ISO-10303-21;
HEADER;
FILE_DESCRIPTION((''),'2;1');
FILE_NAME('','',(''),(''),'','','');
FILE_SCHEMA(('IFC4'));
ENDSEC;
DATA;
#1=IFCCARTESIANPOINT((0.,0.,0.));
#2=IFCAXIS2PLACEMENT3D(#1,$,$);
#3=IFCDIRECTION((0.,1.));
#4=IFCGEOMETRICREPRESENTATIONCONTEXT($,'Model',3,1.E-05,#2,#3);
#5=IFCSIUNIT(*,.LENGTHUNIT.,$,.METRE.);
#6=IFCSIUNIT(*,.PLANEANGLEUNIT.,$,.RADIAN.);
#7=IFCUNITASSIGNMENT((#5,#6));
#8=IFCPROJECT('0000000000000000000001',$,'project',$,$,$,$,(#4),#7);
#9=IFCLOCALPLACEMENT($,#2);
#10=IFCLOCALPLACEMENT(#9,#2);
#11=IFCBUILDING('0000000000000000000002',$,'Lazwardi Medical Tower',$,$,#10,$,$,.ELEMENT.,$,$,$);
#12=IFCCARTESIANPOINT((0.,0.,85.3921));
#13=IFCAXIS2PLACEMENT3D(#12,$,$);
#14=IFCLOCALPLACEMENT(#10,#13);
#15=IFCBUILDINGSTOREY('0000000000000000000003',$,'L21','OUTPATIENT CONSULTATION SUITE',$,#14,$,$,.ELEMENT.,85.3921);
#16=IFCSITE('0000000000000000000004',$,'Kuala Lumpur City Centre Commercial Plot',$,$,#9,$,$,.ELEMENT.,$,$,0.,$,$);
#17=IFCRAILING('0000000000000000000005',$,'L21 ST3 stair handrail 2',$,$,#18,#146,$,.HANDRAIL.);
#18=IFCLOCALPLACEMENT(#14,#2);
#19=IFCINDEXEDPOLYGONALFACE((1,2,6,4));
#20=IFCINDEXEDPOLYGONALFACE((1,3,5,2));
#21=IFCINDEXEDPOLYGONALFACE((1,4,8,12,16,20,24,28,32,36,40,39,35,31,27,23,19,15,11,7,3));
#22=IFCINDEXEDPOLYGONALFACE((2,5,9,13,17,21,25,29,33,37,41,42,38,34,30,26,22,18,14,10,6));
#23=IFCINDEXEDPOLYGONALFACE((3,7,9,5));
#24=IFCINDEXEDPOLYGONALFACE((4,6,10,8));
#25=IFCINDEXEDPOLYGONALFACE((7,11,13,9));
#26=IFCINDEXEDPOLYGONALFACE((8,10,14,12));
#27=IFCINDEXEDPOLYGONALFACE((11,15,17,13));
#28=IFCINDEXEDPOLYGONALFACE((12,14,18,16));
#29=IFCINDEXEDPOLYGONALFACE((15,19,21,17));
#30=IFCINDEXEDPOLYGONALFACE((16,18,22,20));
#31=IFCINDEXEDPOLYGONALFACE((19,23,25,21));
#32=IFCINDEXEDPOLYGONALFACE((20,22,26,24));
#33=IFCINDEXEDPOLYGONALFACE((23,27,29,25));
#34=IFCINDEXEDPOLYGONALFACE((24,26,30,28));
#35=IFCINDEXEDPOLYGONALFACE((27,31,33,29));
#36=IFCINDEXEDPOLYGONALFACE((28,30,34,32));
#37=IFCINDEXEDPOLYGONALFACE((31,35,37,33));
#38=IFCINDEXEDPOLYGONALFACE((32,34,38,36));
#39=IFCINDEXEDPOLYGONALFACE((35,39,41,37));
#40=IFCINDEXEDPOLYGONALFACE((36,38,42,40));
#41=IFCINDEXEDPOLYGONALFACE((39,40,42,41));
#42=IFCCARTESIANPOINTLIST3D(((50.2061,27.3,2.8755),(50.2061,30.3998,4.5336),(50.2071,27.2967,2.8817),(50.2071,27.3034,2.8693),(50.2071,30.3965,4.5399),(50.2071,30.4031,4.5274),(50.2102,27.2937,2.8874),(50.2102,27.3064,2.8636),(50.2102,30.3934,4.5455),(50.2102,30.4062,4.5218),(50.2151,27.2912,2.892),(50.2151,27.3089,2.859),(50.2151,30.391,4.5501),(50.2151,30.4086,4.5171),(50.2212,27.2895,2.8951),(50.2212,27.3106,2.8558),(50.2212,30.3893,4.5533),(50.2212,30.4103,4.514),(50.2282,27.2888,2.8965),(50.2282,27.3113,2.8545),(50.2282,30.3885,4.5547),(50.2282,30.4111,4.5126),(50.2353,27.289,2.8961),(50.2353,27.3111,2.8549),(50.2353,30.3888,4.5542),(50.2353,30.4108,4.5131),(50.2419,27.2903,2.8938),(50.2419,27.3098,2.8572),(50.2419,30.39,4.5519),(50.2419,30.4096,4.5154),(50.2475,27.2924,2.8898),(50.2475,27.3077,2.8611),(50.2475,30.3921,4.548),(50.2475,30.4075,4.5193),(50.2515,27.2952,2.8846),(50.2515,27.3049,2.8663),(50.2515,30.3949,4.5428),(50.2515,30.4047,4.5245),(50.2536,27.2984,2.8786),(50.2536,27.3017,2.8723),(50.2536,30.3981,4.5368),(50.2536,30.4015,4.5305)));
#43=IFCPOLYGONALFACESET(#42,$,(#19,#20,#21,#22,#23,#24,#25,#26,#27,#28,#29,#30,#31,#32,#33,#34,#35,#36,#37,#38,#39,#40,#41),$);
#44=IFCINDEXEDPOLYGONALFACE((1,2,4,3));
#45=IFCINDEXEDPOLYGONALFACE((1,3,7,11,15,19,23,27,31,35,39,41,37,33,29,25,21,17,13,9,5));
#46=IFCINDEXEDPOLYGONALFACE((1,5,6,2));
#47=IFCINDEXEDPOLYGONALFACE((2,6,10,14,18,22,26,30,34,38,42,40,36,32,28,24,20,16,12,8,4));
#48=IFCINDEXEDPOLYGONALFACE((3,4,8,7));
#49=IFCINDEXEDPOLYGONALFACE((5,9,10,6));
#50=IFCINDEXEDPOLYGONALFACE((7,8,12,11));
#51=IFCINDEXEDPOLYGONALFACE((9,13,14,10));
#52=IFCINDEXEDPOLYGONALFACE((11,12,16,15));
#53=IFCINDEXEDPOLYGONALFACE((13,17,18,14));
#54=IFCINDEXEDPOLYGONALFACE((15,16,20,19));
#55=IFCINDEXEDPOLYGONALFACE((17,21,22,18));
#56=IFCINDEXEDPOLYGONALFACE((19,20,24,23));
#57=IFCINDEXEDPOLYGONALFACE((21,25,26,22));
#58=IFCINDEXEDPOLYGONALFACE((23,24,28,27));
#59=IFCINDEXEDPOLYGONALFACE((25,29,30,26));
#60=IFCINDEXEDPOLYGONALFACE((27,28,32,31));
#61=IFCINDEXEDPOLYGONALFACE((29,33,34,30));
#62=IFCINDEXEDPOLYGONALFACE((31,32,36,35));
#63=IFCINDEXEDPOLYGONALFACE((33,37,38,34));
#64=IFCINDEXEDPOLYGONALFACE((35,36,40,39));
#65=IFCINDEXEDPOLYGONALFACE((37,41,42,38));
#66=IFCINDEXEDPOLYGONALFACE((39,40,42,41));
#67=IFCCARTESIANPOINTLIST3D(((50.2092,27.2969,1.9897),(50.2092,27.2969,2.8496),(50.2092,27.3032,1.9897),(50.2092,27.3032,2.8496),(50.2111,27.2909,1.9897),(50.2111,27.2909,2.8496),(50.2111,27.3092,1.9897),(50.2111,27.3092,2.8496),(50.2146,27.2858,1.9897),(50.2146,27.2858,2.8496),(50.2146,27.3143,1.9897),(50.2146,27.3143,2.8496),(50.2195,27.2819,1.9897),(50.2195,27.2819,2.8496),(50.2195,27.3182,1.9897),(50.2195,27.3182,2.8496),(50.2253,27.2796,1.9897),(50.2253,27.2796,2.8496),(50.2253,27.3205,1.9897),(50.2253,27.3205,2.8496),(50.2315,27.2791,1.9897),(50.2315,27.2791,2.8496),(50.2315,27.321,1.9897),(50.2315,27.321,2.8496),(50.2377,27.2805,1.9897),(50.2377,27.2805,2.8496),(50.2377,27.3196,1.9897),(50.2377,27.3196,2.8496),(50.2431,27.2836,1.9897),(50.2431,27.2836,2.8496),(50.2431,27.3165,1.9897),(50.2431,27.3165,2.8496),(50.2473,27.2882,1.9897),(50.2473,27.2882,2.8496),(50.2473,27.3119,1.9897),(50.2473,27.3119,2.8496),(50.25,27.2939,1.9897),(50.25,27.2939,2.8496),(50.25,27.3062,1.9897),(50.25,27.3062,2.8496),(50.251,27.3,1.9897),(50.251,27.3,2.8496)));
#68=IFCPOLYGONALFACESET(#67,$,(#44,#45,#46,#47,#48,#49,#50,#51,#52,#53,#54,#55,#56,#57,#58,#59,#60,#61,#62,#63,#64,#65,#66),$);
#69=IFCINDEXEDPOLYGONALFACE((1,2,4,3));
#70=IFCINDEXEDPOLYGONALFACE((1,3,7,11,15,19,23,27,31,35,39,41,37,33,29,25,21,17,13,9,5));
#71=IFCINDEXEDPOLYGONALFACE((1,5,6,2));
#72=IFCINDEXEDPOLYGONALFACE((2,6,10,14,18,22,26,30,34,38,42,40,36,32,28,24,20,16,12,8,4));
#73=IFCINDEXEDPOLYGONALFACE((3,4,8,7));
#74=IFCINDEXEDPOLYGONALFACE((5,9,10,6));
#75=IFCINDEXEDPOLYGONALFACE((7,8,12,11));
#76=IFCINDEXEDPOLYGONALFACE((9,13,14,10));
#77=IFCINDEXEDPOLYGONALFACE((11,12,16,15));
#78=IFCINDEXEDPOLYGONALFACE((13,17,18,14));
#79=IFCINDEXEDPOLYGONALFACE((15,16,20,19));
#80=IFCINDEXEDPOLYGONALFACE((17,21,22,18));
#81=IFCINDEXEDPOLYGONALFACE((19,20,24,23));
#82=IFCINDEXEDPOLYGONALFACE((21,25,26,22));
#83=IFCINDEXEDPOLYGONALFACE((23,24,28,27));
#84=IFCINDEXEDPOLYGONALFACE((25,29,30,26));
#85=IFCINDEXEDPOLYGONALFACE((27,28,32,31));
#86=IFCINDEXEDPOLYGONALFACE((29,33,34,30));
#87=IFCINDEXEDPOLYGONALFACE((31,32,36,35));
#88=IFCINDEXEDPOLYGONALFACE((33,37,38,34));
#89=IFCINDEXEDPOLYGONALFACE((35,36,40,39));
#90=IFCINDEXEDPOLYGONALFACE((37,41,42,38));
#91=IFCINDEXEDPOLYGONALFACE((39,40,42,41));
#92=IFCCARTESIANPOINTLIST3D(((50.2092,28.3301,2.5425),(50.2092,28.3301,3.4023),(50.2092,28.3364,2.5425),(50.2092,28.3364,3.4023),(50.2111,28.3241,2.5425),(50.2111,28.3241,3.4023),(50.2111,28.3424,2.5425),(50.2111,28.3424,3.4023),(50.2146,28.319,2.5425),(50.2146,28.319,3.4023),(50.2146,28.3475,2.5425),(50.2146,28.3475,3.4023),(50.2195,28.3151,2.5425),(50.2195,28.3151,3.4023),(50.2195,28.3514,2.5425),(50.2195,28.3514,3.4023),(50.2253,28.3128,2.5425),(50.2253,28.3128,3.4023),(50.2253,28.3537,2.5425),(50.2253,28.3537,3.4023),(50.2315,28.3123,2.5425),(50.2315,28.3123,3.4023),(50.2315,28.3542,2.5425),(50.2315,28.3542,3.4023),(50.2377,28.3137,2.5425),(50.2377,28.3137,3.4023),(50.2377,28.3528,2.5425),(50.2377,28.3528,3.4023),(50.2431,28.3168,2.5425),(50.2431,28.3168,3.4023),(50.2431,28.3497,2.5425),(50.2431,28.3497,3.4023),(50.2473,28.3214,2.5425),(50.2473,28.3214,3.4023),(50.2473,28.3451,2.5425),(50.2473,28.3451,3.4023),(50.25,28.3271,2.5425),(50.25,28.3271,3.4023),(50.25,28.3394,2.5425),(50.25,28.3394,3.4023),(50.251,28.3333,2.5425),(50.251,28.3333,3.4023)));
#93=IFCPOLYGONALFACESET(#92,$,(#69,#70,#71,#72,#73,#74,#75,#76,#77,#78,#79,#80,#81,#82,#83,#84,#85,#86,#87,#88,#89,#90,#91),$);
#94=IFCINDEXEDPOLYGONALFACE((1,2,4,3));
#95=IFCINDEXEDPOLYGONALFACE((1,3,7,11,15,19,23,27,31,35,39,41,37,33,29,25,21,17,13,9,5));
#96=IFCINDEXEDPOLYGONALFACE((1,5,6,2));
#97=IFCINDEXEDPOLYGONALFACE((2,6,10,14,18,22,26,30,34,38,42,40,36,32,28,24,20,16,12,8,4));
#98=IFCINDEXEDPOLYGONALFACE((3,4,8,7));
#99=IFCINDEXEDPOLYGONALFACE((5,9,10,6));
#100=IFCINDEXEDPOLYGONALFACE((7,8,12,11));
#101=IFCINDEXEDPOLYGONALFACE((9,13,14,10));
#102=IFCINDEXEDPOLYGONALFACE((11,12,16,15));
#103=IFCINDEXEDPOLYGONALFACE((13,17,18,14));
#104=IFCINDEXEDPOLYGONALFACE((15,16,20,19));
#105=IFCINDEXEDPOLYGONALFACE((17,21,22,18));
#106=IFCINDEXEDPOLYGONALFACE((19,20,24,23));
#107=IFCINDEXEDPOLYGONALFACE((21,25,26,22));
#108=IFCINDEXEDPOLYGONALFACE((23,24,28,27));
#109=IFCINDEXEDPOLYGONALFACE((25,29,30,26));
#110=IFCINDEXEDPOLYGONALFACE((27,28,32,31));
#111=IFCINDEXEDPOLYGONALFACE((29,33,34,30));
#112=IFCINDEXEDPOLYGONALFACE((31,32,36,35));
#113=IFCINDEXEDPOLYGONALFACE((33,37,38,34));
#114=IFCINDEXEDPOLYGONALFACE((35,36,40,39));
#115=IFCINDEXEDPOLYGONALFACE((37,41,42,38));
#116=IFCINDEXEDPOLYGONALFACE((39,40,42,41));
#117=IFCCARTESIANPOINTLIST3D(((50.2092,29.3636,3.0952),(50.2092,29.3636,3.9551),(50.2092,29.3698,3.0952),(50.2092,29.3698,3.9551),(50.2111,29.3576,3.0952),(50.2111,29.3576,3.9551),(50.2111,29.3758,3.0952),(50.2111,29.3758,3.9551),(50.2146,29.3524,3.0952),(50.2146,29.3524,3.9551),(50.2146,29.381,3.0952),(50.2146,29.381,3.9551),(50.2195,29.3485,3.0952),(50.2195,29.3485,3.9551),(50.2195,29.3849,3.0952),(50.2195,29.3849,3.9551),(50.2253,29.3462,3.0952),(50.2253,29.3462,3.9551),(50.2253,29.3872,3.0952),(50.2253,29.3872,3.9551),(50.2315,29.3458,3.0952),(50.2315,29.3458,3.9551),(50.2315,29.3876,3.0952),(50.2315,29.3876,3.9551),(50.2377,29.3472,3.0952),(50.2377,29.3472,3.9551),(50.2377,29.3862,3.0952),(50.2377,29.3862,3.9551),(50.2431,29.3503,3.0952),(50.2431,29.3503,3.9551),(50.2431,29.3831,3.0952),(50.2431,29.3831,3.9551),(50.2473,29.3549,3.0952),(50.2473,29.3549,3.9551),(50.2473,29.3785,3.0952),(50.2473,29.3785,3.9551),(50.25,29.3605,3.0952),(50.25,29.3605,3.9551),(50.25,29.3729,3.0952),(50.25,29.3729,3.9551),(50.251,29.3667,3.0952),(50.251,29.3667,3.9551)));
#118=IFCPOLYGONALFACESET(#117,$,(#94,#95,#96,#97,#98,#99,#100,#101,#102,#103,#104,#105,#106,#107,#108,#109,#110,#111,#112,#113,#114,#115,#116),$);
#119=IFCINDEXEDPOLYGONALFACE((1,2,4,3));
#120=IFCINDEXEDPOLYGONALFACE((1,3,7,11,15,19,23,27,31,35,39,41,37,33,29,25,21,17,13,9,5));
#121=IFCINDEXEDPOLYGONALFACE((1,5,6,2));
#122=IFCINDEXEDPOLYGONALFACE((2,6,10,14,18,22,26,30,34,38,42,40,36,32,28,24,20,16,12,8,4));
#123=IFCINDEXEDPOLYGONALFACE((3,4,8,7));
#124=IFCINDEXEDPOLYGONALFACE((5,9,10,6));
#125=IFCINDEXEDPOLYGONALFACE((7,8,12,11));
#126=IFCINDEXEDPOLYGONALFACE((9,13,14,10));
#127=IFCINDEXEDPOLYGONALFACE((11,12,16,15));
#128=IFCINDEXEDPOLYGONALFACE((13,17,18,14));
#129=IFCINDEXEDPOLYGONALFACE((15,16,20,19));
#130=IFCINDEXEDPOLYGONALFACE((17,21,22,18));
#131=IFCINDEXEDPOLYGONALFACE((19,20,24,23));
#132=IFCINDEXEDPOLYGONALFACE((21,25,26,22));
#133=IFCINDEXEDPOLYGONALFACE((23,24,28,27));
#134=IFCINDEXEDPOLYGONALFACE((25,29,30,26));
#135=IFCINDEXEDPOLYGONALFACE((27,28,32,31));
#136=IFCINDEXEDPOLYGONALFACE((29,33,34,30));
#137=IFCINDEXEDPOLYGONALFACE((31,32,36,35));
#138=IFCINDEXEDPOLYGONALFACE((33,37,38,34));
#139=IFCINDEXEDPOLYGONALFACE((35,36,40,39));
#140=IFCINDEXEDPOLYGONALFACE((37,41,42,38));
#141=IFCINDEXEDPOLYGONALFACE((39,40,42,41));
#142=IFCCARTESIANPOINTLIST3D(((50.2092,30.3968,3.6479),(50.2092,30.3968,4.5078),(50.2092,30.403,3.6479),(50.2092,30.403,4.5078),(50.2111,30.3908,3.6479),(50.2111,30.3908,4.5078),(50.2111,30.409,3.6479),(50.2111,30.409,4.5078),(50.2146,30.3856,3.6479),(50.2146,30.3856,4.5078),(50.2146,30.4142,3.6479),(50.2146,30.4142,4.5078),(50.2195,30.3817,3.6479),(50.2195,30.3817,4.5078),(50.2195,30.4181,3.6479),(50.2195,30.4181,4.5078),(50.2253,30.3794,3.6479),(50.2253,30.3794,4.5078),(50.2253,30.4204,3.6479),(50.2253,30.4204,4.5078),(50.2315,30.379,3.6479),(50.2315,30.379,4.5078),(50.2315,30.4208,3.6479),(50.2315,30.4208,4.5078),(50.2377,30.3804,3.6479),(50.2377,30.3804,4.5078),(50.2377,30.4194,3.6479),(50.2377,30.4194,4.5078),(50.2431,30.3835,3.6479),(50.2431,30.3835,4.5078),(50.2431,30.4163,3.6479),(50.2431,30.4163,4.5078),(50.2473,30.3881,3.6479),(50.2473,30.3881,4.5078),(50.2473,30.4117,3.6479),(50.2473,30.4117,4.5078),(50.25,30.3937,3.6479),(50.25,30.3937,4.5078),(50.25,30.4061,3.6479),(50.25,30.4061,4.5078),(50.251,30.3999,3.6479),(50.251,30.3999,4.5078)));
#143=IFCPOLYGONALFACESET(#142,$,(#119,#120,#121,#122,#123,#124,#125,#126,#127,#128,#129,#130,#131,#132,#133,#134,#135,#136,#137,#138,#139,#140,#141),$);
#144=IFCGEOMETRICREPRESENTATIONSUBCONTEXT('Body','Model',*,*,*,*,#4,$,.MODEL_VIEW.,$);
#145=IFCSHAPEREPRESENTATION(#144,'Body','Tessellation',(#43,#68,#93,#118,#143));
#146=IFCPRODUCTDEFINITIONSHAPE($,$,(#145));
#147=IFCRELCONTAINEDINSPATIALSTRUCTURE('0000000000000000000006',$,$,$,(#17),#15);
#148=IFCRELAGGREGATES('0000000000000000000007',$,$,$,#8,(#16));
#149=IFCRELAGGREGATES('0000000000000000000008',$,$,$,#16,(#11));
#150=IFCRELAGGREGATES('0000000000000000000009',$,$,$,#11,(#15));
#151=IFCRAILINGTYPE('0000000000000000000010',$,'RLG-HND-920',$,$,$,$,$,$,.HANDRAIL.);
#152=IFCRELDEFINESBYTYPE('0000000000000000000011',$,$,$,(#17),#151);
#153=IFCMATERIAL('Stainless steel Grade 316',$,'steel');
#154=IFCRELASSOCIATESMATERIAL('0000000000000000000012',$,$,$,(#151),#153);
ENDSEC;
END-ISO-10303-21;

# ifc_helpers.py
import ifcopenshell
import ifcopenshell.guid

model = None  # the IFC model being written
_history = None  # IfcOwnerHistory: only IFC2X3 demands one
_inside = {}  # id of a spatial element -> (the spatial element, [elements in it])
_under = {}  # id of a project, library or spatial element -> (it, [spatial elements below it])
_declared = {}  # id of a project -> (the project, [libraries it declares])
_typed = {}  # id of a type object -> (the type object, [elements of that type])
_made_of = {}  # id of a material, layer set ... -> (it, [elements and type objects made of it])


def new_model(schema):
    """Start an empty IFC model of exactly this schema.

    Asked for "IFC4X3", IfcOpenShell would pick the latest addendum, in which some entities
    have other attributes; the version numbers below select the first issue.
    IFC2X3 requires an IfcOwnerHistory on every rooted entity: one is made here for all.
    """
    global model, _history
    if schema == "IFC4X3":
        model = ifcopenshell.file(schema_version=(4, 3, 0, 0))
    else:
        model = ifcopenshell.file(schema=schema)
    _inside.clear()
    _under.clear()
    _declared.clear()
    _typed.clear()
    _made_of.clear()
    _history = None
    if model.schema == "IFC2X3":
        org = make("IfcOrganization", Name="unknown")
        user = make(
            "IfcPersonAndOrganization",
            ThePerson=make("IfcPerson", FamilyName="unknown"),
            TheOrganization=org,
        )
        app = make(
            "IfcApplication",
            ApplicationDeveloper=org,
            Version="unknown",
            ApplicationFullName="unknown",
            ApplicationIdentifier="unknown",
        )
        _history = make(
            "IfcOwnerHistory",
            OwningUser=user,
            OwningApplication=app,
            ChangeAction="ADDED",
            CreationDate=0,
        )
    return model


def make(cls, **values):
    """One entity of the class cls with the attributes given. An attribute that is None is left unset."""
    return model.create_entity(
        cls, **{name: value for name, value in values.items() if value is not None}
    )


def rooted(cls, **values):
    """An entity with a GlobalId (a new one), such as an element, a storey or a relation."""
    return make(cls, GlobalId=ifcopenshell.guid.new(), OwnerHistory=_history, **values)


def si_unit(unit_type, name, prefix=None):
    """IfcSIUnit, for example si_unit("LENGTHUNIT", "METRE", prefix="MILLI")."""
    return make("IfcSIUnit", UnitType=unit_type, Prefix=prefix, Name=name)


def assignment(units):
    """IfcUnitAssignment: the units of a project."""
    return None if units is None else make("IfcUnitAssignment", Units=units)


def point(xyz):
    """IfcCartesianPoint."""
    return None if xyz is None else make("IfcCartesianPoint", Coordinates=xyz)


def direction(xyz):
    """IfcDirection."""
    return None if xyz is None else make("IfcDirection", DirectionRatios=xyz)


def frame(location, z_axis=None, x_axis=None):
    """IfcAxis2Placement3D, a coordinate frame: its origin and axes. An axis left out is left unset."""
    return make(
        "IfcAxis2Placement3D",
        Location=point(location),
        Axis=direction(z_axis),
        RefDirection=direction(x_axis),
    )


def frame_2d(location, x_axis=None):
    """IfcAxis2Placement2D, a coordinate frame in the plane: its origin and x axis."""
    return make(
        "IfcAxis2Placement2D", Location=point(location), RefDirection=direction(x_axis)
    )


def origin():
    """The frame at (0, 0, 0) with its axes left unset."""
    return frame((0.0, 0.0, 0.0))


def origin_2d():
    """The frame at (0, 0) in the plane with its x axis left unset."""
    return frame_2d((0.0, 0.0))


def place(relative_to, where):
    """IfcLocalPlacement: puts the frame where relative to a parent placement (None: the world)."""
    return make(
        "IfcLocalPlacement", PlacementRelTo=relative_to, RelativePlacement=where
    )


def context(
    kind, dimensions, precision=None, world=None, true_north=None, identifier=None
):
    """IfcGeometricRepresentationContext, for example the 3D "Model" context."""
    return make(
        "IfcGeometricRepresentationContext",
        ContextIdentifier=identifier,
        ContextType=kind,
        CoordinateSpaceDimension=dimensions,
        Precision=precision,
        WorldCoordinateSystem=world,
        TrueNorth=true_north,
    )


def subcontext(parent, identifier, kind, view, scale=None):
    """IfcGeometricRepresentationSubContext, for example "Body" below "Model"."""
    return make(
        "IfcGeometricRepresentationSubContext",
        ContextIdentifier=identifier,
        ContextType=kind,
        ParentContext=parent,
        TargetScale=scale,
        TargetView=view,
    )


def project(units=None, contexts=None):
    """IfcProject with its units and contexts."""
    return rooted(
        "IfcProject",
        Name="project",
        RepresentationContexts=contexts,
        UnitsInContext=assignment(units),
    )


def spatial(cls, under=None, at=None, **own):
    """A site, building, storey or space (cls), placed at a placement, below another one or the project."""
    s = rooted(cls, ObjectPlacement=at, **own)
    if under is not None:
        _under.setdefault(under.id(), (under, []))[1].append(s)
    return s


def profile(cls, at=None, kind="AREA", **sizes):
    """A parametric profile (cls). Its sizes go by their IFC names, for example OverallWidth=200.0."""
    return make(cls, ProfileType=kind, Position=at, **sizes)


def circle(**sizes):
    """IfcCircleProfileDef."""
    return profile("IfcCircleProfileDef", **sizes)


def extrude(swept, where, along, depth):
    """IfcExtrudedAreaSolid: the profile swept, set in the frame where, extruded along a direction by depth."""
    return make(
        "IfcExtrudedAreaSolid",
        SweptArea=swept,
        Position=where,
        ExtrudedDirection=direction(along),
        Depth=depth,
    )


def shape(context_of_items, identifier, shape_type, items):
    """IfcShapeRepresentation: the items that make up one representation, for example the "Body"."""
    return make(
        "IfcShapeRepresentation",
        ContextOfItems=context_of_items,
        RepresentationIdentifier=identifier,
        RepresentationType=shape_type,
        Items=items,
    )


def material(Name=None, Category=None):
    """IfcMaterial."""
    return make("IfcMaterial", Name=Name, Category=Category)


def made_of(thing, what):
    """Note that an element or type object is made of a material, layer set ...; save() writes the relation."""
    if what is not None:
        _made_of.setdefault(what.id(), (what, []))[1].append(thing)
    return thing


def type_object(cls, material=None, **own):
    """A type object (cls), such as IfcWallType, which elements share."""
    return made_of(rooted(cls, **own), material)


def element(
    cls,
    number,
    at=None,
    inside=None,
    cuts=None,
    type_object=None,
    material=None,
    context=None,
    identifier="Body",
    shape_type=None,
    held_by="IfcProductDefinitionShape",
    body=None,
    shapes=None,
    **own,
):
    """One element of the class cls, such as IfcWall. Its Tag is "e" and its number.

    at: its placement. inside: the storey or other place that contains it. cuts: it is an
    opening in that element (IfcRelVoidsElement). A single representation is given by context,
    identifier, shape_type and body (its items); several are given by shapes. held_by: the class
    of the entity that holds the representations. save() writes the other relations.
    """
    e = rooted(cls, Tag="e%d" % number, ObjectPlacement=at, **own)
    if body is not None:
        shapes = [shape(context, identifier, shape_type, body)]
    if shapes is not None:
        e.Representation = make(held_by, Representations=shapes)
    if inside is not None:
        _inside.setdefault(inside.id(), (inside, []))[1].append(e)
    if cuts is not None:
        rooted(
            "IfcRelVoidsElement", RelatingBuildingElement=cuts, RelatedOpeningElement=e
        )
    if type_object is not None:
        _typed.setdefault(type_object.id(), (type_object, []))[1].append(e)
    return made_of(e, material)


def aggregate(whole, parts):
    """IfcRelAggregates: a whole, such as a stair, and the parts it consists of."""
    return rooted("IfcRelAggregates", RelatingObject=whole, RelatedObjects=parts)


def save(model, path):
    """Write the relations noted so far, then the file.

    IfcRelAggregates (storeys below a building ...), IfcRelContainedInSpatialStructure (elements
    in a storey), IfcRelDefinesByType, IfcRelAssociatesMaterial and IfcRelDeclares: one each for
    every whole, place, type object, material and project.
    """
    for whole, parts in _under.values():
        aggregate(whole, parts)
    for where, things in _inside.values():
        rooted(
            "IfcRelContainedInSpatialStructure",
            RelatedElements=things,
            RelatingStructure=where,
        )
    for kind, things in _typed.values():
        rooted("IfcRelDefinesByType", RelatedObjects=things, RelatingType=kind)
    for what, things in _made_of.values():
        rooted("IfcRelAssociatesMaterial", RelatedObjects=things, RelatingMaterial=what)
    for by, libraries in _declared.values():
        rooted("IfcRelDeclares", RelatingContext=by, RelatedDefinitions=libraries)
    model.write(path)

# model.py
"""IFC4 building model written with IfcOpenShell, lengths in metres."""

from ifc_helpers import new_model, si_unit, direction, frame, origin, origin_2d, place, context, subcontext, project, spatial, circle, extrude, material, type_object, element, save


model = new_model("IFC4")

# Units and contexts
model_context = context("Model", 3, precision=1e-05, world=origin(), true_north=direction((0.0, 1.0)))
body_context = subcontext(model_context, "Body", "Model", "MODEL_VIEW")
ifc_project = project(units=[si_unit("LENGTHUNIT", "METRE"), si_unit("PLANEANGLEUNIT", "RADIAN")], contexts=[model_context])

# Site, building, storey
site_placement = place(None, origin())
site = spatial("IfcSite", under=ifc_project, at=site_placement, Name="Kuala Lumpur City Centre Commercial Plot", CompositionType="ELEMENT", RefElevation=0.0)
building_placement = place(site_placement, origin())
building = spatial("IfcBuilding", under=site, at=building_placement, Name="Lazwardi Medical Tower", CompositionType="ELEMENT")
storey_placement = place(building_placement, frame((0.0, 0.0, 85.3921)))
storey = spatial("IfcBuildingStorey", under=building, at=storey_placement, Name="L21", Description="OUTPATIENT CONSULTATION SUITE", CompositionType="ELEMENT", Elevation=85.3921)

# Railing
ifc_material_1 = material(Name="Stainless steel Grade 316", Category="steel")
railing_type_1 = type_object("IfcRailingType", Name="RLG-HND-920", PredefinedType="HANDRAIL", material=ifc_material_1)
railing_1_placement = place(storey_placement, frame((50.23, 27.3, 1.9897)))
element("IfcRailing", 1, at=railing_1_placement, inside=storey, type_object=railing_type_1, Name="L21 ST3 stair handrail 2", PredefinedType="HANDRAIL", context=body_context, shape_type="SweptSolid", body=[
    extrude(circle(Radius=0.0239, at=origin_2d()), frame((0.0, 0.0, 0.8857), z_axis=(0.0, 0.881768, 0.471684), x_axis=(-1.0, 0.0, 0.0)), (0.0, 0.0, 1.0), 3.5154),
    extrude(circle(Radius=0.021, at=origin_2d()), origin(), (0.0, 0.0, 1.0), 0.8599),
    extrude(circle(Radius=0.021, at=origin_2d()), frame((0.0, 1.0332, 0.5527)), (0.0, 0.0, 1.0), 0.8599),
    extrude(circle(Radius=0.021, at=origin_2d()), frame((0.0, 2.0667, 1.1055)), (0.0, 0.0, 1.0), 0.8599),
    extrude(circle(Radius=0.021, at=origin_2d()), frame((0.0, 3.0999, 1.6582)), (0.0, 0.0, 1.0), 0.8599),
])

save(model, "model.ifc")
